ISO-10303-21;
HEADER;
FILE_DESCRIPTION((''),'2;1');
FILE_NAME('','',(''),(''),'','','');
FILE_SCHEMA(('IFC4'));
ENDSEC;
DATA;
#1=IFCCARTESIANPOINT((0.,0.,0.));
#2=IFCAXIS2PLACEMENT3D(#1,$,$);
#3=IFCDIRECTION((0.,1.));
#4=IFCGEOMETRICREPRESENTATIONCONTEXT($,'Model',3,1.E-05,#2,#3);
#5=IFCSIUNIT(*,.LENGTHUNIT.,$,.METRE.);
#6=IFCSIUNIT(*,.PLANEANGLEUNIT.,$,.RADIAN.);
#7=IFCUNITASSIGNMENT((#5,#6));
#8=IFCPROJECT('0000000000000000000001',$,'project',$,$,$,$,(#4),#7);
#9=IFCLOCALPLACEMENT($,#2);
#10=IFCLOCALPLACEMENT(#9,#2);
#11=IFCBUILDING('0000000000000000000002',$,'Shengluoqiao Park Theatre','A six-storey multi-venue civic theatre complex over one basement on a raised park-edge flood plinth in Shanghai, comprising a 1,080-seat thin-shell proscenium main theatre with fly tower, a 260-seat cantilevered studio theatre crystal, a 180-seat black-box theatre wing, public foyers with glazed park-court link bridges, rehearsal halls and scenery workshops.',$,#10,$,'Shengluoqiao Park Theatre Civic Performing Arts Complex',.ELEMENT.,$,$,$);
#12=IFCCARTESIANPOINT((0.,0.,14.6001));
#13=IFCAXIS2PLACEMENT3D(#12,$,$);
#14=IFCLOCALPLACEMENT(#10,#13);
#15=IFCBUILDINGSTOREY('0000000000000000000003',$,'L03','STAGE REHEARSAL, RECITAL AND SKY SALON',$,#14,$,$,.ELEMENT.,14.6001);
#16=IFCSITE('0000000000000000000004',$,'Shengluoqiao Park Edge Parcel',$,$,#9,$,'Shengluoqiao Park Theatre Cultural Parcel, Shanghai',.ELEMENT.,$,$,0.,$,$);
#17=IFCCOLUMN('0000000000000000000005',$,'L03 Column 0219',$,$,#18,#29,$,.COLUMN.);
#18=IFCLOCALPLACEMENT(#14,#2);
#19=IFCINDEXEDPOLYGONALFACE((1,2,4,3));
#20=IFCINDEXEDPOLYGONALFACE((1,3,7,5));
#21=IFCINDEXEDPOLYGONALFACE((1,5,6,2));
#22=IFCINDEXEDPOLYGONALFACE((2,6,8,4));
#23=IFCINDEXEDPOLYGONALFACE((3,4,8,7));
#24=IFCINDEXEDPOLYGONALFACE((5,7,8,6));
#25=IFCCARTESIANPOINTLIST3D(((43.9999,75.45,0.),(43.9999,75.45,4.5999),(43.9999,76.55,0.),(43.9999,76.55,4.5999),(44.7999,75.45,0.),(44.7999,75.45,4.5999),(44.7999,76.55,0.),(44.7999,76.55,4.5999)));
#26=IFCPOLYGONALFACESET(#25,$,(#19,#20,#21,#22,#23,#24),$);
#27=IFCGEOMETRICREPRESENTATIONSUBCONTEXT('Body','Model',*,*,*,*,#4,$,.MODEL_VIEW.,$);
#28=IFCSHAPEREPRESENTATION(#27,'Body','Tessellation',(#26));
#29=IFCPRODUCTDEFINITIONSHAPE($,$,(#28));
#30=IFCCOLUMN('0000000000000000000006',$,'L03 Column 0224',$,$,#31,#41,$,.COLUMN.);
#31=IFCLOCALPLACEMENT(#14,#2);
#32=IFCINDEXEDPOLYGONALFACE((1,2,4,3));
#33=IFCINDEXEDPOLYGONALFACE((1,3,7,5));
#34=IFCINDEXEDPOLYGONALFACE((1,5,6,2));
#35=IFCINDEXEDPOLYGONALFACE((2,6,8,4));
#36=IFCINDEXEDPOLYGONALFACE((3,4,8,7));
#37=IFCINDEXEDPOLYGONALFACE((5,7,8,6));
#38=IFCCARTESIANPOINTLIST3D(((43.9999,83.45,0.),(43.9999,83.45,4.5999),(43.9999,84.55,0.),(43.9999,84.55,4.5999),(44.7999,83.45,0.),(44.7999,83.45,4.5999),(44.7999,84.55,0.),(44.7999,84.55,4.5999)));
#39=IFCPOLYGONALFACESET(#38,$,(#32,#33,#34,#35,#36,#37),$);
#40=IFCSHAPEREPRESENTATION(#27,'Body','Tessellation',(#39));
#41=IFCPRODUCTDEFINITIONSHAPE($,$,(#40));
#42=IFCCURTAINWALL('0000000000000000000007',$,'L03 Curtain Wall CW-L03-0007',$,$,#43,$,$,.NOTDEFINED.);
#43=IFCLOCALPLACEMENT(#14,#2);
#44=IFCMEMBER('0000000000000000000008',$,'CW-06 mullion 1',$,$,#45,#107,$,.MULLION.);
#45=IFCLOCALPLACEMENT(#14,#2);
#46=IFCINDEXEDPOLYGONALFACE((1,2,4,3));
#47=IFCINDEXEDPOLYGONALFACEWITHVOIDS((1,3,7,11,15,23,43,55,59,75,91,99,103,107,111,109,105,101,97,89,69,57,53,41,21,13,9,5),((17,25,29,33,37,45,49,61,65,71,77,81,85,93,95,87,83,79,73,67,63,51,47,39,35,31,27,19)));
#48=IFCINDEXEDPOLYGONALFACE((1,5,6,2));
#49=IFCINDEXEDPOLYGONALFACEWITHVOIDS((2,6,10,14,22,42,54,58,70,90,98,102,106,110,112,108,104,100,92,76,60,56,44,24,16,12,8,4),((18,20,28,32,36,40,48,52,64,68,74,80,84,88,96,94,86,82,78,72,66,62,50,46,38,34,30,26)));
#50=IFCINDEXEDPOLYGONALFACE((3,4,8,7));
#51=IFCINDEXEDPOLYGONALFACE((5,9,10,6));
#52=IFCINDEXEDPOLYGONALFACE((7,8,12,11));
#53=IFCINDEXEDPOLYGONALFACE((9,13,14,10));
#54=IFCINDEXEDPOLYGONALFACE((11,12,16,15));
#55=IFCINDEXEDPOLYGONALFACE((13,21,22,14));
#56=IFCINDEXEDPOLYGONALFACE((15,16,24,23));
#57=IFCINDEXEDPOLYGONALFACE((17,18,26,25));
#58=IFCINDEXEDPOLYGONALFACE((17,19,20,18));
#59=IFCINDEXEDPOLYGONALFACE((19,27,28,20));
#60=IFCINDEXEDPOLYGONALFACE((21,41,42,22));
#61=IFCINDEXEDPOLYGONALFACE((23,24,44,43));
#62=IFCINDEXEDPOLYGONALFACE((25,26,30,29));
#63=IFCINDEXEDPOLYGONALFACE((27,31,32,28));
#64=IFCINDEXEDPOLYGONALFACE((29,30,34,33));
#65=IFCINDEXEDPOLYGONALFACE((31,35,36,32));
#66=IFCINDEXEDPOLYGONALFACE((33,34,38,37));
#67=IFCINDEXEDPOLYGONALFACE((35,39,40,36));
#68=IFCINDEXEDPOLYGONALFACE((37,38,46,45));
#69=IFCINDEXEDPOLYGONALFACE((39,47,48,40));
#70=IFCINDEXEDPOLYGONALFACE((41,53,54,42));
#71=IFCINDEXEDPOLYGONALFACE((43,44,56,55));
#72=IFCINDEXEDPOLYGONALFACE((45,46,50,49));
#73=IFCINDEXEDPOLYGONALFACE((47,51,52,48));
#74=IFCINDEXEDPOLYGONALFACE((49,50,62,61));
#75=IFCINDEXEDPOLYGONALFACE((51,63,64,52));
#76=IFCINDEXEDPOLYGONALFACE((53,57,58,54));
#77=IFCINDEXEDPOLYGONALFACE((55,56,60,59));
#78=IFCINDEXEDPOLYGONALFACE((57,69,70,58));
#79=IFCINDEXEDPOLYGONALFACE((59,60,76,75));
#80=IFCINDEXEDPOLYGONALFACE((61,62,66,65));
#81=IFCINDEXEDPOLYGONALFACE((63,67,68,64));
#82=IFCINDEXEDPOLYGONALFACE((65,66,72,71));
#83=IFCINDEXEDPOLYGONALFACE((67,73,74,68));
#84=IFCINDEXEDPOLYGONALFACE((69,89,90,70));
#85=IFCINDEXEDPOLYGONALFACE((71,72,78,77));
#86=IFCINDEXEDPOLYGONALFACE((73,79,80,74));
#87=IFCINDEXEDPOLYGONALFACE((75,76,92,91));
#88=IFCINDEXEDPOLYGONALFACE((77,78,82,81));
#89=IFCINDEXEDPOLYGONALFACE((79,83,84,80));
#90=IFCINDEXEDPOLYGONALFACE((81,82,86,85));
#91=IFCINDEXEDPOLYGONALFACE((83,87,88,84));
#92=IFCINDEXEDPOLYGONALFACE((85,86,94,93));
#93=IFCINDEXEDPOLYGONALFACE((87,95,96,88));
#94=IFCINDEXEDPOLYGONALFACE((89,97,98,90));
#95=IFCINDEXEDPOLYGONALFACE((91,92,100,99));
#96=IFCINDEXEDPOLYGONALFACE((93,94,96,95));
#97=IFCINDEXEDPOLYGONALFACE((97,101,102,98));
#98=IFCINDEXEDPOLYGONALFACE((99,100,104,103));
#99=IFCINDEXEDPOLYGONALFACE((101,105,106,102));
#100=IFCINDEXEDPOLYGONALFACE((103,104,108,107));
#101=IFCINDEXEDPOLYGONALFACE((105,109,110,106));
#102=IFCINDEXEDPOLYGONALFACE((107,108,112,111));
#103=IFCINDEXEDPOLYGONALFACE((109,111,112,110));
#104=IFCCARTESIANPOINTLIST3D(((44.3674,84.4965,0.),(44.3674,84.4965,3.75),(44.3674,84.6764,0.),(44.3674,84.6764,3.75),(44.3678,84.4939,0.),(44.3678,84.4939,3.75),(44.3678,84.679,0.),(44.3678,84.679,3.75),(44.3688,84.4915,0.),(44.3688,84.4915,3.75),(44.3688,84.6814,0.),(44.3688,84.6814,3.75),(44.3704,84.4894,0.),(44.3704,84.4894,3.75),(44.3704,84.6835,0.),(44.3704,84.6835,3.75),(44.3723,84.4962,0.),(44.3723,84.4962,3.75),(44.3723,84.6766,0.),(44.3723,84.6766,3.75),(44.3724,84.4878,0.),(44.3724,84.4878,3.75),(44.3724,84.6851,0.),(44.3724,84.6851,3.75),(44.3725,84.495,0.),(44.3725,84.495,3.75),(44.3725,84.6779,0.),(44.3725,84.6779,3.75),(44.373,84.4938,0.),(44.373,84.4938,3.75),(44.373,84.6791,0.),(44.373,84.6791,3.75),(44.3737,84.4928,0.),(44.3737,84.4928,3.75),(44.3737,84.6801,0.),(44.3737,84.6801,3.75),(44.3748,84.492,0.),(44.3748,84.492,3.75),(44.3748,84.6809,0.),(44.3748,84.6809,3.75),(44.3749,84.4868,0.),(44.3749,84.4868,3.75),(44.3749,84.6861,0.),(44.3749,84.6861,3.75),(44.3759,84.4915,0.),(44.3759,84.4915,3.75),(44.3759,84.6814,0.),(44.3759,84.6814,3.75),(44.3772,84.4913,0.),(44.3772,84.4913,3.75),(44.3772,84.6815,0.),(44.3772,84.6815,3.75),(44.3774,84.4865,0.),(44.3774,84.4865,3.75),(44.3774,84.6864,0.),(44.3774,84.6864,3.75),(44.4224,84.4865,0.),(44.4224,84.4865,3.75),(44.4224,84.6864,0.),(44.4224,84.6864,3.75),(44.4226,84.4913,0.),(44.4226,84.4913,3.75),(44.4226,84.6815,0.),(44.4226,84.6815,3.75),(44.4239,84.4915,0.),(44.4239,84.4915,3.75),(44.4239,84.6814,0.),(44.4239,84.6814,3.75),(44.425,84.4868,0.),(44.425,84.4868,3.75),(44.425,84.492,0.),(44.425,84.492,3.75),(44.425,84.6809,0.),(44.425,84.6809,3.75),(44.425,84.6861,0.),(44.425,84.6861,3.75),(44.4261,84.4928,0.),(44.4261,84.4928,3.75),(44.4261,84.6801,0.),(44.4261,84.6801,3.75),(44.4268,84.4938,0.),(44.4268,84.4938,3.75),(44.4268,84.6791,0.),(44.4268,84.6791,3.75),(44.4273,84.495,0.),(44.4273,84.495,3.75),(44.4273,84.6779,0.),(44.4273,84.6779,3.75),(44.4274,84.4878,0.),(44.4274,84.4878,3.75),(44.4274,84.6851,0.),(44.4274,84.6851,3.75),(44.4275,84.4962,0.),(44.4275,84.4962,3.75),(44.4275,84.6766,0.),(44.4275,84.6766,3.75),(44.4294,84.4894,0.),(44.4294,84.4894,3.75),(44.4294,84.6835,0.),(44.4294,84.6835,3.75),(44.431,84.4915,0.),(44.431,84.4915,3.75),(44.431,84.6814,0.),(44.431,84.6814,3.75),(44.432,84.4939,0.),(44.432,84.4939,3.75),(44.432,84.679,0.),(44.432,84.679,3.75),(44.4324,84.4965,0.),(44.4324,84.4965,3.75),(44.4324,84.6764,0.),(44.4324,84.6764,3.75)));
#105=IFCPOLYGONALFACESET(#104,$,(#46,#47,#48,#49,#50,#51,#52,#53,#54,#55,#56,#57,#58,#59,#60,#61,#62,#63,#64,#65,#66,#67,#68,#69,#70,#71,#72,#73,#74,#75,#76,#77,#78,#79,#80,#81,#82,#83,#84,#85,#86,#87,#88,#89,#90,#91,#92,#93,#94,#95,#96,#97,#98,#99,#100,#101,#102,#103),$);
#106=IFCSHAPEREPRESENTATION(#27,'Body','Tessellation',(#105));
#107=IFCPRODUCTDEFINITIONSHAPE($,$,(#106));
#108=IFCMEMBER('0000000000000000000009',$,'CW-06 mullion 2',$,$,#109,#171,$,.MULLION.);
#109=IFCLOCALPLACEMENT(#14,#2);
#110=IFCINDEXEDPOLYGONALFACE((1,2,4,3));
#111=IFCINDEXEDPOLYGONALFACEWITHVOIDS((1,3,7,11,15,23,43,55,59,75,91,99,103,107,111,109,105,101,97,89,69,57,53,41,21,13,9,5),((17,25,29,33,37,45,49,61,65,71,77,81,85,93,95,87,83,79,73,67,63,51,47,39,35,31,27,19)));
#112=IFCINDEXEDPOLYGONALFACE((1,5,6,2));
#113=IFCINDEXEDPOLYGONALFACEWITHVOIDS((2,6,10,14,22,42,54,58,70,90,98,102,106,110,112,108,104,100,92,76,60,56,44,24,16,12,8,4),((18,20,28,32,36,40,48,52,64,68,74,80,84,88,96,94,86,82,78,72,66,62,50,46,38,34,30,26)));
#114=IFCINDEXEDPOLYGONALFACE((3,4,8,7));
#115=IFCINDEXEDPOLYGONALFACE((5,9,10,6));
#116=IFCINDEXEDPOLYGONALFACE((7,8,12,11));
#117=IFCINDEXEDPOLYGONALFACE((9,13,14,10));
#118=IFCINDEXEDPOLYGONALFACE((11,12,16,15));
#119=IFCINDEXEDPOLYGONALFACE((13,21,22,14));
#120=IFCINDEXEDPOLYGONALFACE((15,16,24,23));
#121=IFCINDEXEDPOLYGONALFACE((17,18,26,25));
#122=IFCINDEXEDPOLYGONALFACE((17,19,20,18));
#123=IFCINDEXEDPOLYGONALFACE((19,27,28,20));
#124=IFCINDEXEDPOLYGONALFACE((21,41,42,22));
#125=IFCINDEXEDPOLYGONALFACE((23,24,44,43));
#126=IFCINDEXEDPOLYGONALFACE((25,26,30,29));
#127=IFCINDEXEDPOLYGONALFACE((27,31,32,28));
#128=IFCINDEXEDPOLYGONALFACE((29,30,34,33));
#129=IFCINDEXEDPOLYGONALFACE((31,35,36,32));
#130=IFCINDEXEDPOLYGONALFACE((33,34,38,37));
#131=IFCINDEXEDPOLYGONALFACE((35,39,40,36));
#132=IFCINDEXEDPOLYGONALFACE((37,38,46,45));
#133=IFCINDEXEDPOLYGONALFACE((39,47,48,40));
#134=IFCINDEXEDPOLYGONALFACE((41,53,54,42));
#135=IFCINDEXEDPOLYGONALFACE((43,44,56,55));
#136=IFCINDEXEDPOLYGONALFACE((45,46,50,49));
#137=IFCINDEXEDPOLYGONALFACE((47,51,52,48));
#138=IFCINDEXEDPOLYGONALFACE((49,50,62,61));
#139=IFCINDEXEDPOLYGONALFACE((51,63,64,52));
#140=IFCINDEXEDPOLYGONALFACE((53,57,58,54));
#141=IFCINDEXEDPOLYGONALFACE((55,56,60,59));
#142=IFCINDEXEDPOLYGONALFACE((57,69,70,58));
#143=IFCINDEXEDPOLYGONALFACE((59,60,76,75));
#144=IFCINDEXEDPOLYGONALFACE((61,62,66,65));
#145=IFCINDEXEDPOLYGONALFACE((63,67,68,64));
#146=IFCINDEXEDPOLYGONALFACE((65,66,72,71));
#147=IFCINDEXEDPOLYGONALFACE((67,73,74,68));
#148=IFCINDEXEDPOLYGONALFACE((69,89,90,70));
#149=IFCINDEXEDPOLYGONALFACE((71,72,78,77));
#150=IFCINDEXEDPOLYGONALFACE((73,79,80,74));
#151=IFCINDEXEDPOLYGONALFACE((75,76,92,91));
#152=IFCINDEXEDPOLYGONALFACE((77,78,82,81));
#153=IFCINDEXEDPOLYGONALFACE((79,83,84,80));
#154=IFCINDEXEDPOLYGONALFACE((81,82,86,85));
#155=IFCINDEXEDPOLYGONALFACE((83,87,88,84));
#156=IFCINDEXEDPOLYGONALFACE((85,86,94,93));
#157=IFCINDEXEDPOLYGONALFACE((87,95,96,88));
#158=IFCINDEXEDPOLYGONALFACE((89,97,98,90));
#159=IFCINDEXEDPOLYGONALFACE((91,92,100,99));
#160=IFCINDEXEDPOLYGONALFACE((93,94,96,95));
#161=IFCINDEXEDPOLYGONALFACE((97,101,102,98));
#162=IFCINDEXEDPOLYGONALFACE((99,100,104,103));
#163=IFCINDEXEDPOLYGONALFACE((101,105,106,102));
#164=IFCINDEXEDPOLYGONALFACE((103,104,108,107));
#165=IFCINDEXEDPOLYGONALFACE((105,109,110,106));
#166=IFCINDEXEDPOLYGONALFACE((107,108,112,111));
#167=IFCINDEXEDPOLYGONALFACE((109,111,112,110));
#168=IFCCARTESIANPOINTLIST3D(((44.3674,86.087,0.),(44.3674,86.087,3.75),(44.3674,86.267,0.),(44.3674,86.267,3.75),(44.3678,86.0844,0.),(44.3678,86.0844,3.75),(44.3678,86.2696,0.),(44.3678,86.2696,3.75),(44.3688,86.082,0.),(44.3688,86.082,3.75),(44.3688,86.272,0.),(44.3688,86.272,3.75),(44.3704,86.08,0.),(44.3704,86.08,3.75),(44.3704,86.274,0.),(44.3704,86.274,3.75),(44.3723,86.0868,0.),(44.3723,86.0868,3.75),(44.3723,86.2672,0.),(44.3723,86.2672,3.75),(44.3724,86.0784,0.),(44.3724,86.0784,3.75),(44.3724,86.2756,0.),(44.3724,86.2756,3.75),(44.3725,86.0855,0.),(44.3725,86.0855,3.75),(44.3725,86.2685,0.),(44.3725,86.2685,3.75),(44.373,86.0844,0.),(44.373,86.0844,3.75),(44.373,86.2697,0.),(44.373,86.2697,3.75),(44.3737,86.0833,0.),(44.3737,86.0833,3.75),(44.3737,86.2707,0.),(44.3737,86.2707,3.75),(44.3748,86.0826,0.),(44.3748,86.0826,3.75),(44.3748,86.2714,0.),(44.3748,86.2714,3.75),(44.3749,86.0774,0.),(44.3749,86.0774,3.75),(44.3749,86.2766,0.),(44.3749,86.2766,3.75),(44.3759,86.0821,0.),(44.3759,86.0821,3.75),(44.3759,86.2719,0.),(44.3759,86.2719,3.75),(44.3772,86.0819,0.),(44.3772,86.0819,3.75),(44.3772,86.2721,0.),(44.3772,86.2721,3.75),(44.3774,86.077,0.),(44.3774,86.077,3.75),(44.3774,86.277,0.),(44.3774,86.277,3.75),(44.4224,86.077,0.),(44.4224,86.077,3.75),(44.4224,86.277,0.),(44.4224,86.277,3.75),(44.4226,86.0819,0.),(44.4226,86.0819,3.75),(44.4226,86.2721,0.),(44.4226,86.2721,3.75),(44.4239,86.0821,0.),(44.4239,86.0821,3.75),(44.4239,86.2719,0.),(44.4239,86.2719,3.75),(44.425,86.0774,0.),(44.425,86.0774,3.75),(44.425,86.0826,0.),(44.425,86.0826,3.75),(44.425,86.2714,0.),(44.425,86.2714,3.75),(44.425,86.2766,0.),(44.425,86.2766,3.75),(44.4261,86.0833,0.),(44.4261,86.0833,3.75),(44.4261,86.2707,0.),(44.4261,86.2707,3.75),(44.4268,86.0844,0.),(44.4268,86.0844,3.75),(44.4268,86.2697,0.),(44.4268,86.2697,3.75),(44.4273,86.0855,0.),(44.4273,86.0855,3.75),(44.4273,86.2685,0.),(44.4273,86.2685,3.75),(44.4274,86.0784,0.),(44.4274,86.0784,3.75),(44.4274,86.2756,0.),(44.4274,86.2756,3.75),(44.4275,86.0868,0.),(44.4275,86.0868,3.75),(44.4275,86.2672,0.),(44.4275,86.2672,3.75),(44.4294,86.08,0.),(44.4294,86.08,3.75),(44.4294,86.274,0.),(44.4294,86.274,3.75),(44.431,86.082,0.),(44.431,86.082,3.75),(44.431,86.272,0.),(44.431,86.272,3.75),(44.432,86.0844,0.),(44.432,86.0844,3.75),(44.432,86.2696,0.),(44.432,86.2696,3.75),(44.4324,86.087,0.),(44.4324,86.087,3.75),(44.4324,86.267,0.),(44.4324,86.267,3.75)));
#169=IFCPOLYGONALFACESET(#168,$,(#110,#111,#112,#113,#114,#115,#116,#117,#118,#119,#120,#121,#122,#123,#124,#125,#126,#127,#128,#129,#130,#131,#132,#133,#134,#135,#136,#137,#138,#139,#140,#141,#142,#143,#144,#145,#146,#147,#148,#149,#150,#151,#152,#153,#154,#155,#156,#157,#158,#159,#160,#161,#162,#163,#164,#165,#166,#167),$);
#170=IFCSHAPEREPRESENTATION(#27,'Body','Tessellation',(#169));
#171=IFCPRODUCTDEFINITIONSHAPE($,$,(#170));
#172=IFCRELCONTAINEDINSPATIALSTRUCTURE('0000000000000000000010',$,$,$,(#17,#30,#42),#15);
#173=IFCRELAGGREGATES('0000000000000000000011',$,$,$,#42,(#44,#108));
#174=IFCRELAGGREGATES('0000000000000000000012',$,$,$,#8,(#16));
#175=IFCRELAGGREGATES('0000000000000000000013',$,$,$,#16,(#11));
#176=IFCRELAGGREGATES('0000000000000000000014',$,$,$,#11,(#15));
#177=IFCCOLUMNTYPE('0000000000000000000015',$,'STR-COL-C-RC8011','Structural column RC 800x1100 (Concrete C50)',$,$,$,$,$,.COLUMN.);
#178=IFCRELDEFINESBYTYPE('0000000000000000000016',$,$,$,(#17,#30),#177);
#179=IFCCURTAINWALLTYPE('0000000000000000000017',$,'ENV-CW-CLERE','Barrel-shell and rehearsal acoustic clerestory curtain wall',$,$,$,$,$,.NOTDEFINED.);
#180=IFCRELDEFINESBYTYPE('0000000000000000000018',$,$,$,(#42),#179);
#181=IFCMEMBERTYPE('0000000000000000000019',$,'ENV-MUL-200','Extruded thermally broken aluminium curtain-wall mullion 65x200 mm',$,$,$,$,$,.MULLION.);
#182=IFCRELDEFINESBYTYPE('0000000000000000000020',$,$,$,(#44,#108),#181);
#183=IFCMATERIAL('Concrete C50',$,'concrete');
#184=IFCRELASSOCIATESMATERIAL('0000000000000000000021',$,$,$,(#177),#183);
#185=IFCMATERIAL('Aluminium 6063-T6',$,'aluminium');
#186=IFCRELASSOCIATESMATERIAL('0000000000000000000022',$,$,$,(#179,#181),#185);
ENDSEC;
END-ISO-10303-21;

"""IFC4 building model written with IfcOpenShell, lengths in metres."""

from ifc_helpers import new_model, si_unit, direction, frame, origin, origin_2d, place, context, subcontext, project, spatial, rectangle, hollow_rectangle, extrude, material, material_profile, profile_set, type_object, element, aggregate, save


model = new_model("IFC4")

# Units and contexts
model_context = context("Model", 3, precision=1e-05, world=origin(), true_north=direction((0.0, 1.0)))
body_context = subcontext(model_context, "Body", "Model", "MODEL_VIEW")
ifc_project = project(units=[si_unit("LENGTHUNIT", "METRE"), si_unit("PLANEANGLEUNIT", "RADIAN")], contexts=[model_context])

# Site, building, storey
site_placement = place(None, origin())
site = spatial("IfcSite", under=ifc_project, at=site_placement, Name="Shengluoqiao Park Edge Parcel", LongName="Shengluoqiao Park Theatre Cultural Parcel, Shanghai", CompositionType="ELEMENT", RefElevation=0.0)
building_placement = place(site_placement, origin())
building = spatial("IfcBuilding", under=site, at=building_placement, Name="Shengluoqiao Park Theatre", Description="A six-storey multi-venue civic theatre complex over one basement on a raised park-edge flood plinth in Shanghai, comprising a 1,080-seat thin-shell proscenium main theatre with fly tower, a 260-seat cantilevered studio theatre crystal, a 180-seat black-box theatre wing, public foyers with glazed park-court link bridges, rehearsal halls and scenery workshops.", LongName="Shengluoqiao Park Theatre Civic Performing Arts Complex", CompositionType="ELEMENT")
storey_placement = place(building_placement, frame((0.0, 0.0, 14.6001)))
storey = spatial("IfcBuildingStorey", under=building, at=storey_placement, Name="L03", Description="STAGE REHEARSAL, RECITAL AND SKY SALON", CompositionType="ELEMENT", Elevation=14.6001)

# Columns
ifc_material_1 = material(Name="Concrete C50", Category="concrete")
ifc_material_profile_1 = material_profile(ifc_material_1, rectangle(XDim=0.8, YDim=1.1001, at=origin_2d()), Name="RC 800x1100")
ifc_profile_set_1 = profile_set([ifc_material_profile_1], Name="Concrete C50")
column_type = type_object("IfcColumnType", Name="STR-COL-C-RC8011", Description="Structural column RC 800x1100 (Concrete C50)", PredefinedType="COLUMN", material=ifc_profile_set_1)
for number, where, z_axis, x_axis, name in (
    (1, (44.3999, 76.0, 0.0), (0.0, 0.0, 1.0), (1.0, 0.0, 0.0), "L03 Column 0219"),
    (2, (44.3999, 84.0, 0.0), (0.0, 0.0, 1.0), (1.0, 0.0, 0.0), "L03 Column 0224"),
):
    element("IfcColumn", number, at=place(storey_placement, frame(where, z_axis=z_axis, x_axis=x_axis)), inside=storey, type_object=column_type, Name=name, PredefinedType="COLUMN", context=body_context, shape_type="SweptSolid", body=[
        extrude(rectangle(XDim=0.8, YDim=1.1001, at=origin_2d()), origin(), (0.0, 0.0, 1.0), 4.5999),
    ])

# Curtain wall, members
ifc_material_2 = material(Name="Aluminium 6063-T6", Category="aluminium")
curtain_wall_type_1 = type_object("IfcCurtainWallType", Name="ENV-CW-CLERE", Description="Barrel-shell and rehearsal acoustic clerestory curtain wall", PredefinedType="NOTDEFINED", material=ifc_material_2)
curtain_wall_1_placement = place(storey_placement, origin())
curtain_wall_1 = element("IfcCurtainWall", 3, at=curtain_wall_1_placement, inside=storey, type_object=curtain_wall_type_1, Name="L03 Curtain Wall CW-L03-0007", PredefinedType="NOTDEFINED")
ifc_material_profile_2 = material_profile(ifc_material_2, hollow_rectangle(XDim=0.0649, YDim=0.2, WallThickness=0.0049, InnerFilletRadius=0.0049, OuterFilletRadius=0.01, at=origin_2d()), Name="ALU MULLION 200x65x5")
ifc_profile_set_2 = profile_set([ifc_material_profile_2], Name="Aluminium 6063-T6")
member_type_1 = type_object("IfcMemberType", Name="ENV-MUL-200", Description="Extruded thermally broken aluminium curtain-wall mullion 65x200 mm", PredefinedType="MULLION", material=ifc_profile_set_2)
member_1_placement = place(storey_placement, frame((44.3999, 84.5864, 0.0), z_axis=(0.0, 0.0, 1.0), x_axis=(-1.0, 0.0, 0.0)))
member_1 = element("IfcMember", 4, at=member_1_placement, type_object=member_type_1, Name="CW-06 mullion 1", PredefinedType="MULLION", context=body_context, shape_type="SweptSolid", body=[
    extrude(hollow_rectangle(XDim=0.0649, YDim=0.2, WallThickness=0.0049, InnerFilletRadius=0.0049, OuterFilletRadius=0.01, at=origin_2d()), origin(), (0.0, 0.0, 1.0), 3.75),
])
member_2_placement = place(storey_placement, frame((44.3999, 86.177, 0.0), z_axis=(0.0, 0.0, 1.0), x_axis=(-1.0, 0.0, 0.0)))
member_2 = element("IfcMember", 5, at=member_2_placement, type_object=member_type_1, Name="CW-06 mullion 2", PredefinedType="MULLION", context=body_context, shape_type="SweptSolid", body=[
    extrude(hollow_rectangle(XDim=0.0649, YDim=0.2, WallThickness=0.0049, InnerFilletRadius=0.0049, OuterFilletRadius=0.01, at=origin_2d()), origin(), (0.0, 0.0, 1.0), 3.75),
])

aggregate(curtain_wall_1, [member_1, member_2])

save(model, "model.ifc")
